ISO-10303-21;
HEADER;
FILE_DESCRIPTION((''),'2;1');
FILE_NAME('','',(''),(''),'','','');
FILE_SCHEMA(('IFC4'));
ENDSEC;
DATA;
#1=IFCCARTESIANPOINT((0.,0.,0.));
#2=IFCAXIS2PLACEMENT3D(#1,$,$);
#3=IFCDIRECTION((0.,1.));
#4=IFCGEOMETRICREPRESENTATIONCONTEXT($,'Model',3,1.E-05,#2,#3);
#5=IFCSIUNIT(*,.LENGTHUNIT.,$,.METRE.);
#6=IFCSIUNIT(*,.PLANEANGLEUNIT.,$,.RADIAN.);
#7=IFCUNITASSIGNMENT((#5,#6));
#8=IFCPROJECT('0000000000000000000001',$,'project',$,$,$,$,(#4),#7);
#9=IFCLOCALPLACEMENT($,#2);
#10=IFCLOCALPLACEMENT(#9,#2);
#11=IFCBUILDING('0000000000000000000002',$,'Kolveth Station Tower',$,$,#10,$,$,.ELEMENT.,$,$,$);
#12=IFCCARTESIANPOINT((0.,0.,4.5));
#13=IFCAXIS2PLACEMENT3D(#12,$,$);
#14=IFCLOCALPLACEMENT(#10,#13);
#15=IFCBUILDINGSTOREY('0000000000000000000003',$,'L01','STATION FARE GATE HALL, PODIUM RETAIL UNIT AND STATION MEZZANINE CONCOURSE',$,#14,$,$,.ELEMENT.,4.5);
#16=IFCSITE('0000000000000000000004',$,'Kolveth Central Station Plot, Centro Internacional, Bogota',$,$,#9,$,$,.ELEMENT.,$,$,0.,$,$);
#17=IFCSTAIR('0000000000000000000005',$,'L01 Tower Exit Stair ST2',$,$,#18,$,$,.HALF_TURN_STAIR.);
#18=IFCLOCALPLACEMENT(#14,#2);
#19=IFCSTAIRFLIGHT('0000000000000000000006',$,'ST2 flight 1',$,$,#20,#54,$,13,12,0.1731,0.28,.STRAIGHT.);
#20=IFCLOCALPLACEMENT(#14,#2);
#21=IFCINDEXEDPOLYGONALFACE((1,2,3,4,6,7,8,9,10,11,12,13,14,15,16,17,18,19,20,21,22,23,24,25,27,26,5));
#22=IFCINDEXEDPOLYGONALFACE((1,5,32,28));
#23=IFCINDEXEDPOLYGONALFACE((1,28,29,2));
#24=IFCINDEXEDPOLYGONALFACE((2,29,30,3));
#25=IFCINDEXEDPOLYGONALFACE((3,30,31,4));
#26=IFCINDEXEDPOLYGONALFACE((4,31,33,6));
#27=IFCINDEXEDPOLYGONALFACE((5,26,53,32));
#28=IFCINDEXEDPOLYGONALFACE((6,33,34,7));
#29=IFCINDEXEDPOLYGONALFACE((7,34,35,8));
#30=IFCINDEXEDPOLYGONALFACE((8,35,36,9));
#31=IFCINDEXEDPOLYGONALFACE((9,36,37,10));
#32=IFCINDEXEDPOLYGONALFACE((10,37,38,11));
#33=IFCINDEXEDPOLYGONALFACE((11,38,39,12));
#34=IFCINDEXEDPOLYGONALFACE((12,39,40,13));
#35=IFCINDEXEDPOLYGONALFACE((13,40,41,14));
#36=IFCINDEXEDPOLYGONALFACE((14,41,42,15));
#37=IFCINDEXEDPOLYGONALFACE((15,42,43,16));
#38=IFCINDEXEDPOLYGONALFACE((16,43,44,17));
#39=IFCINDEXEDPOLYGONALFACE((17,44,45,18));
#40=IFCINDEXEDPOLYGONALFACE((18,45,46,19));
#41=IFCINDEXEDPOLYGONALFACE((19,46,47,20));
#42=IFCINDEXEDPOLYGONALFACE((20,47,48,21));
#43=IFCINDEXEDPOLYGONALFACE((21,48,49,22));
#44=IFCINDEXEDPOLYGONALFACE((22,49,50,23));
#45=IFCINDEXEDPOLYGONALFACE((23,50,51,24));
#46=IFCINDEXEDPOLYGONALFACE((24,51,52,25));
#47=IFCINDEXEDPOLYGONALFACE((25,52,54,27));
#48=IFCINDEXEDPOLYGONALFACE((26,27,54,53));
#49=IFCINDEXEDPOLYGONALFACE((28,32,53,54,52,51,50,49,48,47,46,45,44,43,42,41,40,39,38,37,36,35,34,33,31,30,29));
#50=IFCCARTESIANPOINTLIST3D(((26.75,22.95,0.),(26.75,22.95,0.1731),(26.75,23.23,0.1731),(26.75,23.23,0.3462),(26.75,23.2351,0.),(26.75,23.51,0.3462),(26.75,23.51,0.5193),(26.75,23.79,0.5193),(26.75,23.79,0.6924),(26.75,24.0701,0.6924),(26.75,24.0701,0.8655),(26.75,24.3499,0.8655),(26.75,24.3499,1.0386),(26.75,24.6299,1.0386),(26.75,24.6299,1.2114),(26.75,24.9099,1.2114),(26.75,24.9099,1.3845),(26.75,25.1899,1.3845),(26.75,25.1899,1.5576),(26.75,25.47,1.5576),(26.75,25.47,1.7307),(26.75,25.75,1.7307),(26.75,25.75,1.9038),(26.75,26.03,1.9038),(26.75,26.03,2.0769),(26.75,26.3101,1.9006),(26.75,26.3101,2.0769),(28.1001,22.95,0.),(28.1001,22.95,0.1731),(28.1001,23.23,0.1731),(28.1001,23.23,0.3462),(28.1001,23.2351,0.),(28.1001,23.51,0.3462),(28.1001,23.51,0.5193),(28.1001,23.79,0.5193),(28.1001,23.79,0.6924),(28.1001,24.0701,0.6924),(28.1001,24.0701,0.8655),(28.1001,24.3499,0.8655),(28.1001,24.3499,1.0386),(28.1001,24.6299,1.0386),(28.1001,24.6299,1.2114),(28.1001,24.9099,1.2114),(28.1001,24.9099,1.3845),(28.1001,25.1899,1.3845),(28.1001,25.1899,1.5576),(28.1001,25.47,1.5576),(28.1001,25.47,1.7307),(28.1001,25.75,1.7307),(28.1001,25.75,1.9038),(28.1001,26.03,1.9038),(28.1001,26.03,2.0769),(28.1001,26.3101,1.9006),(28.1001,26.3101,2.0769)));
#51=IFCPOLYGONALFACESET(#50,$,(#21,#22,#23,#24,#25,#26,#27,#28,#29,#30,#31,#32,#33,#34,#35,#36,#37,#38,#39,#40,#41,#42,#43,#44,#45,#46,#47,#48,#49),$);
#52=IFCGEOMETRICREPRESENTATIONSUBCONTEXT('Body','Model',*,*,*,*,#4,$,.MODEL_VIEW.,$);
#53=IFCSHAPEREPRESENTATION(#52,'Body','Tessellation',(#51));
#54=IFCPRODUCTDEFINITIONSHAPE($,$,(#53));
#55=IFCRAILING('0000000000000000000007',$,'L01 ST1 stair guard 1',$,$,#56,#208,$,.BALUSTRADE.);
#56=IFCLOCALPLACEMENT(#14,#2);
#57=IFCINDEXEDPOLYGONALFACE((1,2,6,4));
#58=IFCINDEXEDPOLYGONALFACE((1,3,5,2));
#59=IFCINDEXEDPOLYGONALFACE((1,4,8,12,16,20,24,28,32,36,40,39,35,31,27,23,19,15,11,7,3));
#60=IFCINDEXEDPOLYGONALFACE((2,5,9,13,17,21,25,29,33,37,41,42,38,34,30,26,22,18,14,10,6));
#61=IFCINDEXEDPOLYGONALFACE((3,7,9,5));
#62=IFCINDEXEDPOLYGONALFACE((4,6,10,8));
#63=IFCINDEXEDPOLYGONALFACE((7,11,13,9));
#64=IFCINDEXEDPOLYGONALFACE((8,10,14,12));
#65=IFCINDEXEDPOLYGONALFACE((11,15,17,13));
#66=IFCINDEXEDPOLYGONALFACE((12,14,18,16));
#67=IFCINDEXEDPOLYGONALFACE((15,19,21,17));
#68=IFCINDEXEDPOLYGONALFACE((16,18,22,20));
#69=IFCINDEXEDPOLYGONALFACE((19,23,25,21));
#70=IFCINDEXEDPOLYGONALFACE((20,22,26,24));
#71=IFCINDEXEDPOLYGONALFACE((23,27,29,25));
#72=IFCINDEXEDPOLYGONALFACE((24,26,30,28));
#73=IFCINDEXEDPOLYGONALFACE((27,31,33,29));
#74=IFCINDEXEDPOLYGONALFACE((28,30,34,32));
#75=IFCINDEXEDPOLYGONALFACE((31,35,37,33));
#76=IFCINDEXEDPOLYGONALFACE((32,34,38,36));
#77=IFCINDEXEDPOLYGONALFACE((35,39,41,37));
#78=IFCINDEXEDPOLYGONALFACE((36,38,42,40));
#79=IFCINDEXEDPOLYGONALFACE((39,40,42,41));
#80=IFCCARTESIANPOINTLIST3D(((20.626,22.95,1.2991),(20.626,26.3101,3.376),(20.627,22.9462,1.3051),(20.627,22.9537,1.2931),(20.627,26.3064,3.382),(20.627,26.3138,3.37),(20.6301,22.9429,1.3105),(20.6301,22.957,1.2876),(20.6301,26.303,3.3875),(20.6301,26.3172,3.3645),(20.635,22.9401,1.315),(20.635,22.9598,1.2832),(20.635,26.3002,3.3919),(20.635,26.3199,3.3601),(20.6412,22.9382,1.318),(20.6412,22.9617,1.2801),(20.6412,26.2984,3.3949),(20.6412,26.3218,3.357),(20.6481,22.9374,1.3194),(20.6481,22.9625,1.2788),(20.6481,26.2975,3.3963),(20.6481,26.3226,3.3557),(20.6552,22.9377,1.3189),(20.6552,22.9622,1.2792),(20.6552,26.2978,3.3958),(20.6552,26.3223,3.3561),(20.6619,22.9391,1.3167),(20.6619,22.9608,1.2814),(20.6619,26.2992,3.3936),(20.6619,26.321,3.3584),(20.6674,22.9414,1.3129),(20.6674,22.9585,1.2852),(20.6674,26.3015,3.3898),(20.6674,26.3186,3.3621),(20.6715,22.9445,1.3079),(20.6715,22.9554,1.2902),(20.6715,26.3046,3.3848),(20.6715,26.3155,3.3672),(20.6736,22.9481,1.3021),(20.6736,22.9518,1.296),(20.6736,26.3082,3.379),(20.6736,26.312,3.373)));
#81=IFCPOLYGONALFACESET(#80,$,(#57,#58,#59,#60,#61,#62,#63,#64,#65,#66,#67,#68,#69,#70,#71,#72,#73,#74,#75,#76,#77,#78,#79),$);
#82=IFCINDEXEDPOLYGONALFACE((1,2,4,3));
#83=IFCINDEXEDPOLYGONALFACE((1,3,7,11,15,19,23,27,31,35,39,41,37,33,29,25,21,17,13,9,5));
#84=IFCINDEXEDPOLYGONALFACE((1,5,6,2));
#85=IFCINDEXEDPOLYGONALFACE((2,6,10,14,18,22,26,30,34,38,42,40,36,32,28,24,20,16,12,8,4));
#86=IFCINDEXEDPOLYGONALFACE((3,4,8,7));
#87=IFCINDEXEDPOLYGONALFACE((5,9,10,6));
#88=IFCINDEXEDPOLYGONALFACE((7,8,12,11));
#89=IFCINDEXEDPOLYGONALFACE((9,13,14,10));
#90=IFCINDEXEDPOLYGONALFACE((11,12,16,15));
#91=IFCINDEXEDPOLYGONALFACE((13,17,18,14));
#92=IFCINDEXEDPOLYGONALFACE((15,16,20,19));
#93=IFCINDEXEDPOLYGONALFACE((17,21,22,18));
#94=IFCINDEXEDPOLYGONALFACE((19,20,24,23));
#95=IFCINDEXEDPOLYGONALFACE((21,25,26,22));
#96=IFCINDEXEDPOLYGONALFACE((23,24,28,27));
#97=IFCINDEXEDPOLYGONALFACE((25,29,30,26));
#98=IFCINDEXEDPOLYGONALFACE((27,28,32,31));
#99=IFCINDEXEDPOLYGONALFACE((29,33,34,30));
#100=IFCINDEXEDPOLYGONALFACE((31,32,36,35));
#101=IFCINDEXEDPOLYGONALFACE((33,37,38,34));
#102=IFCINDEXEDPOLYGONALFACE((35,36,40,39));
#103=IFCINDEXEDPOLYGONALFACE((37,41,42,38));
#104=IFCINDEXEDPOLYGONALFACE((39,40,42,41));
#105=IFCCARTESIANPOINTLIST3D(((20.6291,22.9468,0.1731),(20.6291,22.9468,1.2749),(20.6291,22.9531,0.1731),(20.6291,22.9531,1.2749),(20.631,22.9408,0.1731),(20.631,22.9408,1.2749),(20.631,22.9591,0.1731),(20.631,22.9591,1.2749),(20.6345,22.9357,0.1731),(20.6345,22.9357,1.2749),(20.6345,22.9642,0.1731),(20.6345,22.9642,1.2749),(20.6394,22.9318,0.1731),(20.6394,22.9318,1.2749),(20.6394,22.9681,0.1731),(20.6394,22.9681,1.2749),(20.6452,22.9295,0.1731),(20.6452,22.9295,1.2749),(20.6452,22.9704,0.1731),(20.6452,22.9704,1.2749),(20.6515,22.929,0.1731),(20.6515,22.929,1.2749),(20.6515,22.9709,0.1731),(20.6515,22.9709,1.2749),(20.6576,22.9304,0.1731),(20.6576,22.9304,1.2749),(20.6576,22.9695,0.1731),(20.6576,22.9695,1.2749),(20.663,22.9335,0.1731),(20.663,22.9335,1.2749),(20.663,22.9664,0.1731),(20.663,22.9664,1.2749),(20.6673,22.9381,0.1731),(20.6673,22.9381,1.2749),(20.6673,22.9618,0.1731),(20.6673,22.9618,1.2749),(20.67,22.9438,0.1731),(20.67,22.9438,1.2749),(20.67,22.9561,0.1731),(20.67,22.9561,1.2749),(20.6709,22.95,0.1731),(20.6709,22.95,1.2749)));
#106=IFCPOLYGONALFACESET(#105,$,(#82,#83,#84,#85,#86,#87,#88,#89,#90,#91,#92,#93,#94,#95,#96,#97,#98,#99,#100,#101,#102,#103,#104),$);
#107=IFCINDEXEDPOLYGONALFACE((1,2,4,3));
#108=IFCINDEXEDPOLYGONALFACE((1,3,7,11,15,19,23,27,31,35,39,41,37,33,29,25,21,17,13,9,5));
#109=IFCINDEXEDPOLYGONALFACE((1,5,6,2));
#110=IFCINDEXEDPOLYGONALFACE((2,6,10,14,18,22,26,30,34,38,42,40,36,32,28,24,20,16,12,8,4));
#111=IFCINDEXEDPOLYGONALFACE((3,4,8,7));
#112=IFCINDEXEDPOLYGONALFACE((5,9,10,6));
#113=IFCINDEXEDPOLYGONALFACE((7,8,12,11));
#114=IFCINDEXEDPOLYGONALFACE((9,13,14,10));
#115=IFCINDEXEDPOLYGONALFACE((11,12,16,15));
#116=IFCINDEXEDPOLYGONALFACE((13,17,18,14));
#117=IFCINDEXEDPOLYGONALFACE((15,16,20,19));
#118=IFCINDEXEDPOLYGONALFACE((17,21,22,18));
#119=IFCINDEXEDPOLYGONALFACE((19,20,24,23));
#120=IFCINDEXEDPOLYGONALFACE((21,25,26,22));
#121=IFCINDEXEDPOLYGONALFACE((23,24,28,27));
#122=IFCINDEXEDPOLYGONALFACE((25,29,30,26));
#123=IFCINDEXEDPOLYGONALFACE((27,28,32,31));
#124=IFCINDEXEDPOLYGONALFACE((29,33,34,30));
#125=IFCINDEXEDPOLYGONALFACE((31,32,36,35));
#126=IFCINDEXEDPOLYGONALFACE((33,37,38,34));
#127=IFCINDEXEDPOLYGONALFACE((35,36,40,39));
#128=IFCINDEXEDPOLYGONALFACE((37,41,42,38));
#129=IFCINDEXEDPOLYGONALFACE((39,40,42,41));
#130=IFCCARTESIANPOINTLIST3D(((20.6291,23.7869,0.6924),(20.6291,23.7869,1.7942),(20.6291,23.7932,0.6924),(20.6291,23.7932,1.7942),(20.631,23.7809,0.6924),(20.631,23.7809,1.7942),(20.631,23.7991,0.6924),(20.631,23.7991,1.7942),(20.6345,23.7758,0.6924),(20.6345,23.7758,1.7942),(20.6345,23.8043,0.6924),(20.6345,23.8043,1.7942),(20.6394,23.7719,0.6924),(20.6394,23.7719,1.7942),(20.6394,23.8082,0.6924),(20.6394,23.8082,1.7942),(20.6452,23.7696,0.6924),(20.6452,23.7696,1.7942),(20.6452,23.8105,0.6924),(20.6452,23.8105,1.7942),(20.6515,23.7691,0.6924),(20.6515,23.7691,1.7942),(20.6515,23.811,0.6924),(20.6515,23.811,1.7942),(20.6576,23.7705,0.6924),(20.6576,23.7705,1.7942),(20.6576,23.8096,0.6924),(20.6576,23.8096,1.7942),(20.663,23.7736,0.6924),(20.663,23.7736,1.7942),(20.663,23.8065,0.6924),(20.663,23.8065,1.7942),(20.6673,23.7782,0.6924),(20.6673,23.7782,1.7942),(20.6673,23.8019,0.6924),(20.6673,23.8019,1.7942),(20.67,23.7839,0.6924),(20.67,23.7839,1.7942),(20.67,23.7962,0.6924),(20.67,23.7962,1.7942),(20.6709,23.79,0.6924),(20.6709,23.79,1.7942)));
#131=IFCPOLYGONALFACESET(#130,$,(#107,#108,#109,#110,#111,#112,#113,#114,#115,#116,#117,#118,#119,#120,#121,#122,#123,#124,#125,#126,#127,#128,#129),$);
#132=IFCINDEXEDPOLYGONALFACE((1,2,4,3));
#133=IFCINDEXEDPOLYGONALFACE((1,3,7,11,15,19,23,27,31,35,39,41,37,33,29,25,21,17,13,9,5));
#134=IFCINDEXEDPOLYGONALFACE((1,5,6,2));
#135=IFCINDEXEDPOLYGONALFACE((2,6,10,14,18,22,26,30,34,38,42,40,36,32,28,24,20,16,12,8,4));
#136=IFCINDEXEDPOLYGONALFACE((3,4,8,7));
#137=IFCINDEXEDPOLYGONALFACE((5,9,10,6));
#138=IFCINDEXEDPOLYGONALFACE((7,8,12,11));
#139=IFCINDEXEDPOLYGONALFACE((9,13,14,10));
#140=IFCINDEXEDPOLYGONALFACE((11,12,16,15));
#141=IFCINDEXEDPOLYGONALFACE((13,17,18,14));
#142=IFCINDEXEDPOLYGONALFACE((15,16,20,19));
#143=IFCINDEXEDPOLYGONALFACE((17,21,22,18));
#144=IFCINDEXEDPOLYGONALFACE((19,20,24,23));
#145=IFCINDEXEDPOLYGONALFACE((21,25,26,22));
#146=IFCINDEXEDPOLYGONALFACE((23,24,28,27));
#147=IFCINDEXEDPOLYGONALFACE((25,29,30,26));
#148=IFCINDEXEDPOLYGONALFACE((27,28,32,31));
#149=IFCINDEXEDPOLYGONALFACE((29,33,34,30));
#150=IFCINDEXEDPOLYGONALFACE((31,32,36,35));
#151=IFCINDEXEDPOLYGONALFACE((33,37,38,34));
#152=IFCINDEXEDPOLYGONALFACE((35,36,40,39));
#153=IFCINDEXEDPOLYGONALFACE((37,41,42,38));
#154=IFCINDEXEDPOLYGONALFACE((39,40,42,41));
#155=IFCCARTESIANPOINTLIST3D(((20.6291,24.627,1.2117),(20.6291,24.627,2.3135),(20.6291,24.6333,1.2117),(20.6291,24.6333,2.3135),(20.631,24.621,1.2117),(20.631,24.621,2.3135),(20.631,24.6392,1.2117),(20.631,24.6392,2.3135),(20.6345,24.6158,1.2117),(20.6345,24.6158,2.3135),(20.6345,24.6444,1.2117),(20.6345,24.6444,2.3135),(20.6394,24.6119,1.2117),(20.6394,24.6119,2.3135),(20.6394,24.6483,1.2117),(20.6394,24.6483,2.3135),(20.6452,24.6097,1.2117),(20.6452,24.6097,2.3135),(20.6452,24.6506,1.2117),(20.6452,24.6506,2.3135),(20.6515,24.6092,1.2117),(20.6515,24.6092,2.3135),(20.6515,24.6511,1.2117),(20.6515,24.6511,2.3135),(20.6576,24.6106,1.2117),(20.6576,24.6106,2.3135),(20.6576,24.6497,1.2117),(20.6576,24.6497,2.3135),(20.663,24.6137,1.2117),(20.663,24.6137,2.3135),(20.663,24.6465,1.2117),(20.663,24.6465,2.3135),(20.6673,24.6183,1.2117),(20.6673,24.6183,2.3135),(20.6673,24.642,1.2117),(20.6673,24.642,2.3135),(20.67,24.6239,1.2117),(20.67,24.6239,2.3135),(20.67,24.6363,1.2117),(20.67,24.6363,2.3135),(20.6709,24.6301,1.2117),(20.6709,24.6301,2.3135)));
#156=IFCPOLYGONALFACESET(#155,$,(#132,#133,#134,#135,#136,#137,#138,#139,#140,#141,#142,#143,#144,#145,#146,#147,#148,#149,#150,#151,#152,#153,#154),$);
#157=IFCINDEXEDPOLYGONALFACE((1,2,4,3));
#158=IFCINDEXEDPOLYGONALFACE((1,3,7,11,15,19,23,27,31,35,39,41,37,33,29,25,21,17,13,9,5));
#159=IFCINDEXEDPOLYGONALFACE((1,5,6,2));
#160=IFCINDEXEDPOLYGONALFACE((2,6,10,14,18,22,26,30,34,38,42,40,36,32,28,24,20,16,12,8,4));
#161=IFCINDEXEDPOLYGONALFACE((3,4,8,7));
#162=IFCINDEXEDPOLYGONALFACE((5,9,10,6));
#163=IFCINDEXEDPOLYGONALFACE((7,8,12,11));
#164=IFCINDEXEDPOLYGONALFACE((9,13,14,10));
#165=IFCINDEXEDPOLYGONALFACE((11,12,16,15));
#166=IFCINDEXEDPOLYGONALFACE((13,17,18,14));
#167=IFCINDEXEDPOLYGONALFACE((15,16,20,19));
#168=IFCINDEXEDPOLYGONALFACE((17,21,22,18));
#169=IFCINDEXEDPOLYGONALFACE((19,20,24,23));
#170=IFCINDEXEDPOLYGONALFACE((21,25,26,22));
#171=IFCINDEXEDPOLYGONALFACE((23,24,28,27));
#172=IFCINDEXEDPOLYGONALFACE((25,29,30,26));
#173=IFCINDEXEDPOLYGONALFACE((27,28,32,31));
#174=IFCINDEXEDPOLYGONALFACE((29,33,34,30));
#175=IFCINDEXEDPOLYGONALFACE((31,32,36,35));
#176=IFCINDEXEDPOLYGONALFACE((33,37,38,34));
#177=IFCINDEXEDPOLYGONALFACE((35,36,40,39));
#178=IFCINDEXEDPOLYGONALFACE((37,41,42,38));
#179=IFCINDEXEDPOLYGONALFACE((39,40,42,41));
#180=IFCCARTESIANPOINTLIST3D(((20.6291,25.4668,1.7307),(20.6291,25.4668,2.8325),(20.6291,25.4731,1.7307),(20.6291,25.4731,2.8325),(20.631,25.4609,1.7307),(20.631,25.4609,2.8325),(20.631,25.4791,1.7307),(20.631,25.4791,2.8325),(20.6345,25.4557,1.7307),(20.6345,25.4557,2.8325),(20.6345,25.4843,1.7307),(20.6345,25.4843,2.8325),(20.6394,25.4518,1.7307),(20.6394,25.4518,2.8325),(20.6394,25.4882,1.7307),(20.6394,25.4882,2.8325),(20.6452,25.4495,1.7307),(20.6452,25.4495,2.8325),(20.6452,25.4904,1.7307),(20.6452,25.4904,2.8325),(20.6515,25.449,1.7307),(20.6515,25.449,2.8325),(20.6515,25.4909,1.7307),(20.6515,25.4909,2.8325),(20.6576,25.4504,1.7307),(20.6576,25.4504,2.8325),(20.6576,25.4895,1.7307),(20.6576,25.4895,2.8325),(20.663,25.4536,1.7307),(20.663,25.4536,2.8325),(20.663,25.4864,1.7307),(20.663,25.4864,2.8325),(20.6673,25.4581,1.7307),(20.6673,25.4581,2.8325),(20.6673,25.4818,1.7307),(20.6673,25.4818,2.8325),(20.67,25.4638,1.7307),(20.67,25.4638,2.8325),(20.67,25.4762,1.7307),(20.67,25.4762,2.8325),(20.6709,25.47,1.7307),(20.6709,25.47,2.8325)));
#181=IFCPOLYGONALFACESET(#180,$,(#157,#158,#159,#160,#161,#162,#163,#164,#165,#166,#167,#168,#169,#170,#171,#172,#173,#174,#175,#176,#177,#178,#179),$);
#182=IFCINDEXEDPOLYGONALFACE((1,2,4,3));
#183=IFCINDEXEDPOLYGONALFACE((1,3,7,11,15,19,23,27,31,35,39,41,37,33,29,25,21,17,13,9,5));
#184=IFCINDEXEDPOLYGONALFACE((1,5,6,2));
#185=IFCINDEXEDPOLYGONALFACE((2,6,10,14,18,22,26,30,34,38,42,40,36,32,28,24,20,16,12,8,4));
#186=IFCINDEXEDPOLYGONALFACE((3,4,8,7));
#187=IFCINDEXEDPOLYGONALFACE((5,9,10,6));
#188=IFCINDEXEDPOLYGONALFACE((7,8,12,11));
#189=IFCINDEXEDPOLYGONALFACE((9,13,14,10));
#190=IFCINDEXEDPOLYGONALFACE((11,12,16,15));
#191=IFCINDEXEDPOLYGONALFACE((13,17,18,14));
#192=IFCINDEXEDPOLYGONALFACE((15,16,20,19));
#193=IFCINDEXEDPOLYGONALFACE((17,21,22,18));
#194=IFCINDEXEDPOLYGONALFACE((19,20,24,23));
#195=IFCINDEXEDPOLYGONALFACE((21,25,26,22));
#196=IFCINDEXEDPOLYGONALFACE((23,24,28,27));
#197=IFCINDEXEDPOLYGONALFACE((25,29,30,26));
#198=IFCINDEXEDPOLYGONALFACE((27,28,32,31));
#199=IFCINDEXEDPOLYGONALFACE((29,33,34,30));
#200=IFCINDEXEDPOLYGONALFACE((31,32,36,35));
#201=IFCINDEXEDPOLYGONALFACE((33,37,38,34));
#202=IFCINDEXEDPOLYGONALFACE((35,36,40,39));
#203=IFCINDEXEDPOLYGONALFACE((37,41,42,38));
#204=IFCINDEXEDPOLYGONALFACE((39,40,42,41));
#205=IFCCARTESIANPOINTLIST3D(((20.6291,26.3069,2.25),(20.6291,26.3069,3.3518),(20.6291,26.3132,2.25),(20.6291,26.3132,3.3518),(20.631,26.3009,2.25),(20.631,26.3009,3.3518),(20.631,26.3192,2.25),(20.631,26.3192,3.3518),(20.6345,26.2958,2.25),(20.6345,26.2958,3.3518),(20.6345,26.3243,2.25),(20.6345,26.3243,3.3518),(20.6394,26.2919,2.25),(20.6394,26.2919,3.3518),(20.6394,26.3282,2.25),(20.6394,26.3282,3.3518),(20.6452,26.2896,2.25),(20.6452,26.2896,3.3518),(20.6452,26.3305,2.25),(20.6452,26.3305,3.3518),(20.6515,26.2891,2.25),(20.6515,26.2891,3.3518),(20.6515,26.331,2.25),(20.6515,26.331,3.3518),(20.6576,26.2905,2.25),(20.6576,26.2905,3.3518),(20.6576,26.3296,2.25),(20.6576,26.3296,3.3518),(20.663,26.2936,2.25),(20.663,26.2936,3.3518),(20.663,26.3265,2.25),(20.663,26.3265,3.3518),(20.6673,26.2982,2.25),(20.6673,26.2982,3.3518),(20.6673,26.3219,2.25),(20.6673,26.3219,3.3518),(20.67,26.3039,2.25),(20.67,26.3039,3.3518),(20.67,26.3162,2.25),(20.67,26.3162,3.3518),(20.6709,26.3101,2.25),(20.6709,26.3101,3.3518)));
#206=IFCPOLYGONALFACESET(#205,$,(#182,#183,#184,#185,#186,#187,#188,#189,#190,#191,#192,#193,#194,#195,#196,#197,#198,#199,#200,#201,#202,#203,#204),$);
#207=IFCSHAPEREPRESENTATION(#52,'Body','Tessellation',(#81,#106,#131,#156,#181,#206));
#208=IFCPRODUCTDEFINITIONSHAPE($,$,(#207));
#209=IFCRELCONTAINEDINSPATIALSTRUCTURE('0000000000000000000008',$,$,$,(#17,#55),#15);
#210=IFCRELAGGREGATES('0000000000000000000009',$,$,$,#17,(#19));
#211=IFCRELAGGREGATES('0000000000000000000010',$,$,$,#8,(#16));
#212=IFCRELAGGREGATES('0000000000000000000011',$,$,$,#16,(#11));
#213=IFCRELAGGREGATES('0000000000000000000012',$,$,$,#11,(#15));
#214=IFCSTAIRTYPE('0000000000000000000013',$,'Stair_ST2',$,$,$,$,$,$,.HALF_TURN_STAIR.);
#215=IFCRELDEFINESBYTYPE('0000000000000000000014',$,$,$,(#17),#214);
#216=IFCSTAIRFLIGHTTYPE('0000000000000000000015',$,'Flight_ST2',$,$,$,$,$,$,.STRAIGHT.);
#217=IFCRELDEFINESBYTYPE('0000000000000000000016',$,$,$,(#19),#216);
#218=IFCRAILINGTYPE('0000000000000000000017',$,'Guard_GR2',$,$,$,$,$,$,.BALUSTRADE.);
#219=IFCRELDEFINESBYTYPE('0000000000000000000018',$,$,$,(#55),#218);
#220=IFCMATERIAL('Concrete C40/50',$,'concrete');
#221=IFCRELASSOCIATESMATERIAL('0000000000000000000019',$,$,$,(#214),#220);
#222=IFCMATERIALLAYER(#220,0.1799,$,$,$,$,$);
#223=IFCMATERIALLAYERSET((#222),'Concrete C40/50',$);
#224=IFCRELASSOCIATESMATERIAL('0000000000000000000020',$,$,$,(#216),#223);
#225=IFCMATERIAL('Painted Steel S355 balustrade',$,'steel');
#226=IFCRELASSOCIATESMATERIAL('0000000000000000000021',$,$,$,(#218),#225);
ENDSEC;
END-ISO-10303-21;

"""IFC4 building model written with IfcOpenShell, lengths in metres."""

from ifc_helpers import new_model, si_unit, direction, frame, origin, origin_2d, place, context, subcontext, project, spatial, polyline, circle, outline, extrude, material, layer, layer_set, type_object, element, aggregate, save


model = new_model("IFC4")

# Units and contexts
model_context = context("Model", 3, precision=1e-05, world=origin(), true_north=direction((0.0, 1.0)))
body_context = subcontext(model_context, "Body", "Model", "MODEL_VIEW")
ifc_project = project(units=[si_unit("LENGTHUNIT", "METRE"), si_unit("PLANEANGLEUNIT", "RADIAN")], contexts=[model_context])

# Site, building, storey
site_placement = place(None, origin())
site = spatial("IfcSite", under=ifc_project, at=site_placement, Name="Kolveth Central Station Plot, Centro Internacional, Bogota", CompositionType="ELEMENT", RefElevation=0.0)
building_placement = place(site_placement, origin())
building = spatial("IfcBuilding", under=site, at=building_placement, Name="Kolveth Station Tower", CompositionType="ELEMENT")
storey_placement = place(building_placement, frame((0.0, 0.0, 4.5)))
storey = spatial("IfcBuildingStorey", under=building, at=storey_placement, Name="L01", Description="STATION FARE GATE HALL, PODIUM RETAIL UNIT AND STATION MEZZANINE CONCOURSE", CompositionType="ELEMENT", Elevation=4.5)

# Stair, stair flight
ifc_material_1 = material(Name="Concrete C40/50", Category="concrete")
stair_type_1 = type_object("IfcStairType", Name="Stair_ST2", PredefinedType="HALF_TURN_STAIR", material=ifc_material_1)
stair_1_placement = place(storey_placement, origin())
stair_1 = element("IfcStair", 1, at=stair_1_placement, inside=storey, type_object=stair_type_1, Name="L01 Tower Exit Stair ST2", PredefinedType="HALF_TURN_STAIR")
ifc_layer_1 = layer(ifc_material_1, 0.1799)
ifc_layer_set_1 = layer_set([ifc_layer_1], Name="Concrete C40/50")
stair_flight_type_1 = type_object("IfcStairFlightType", Name="Flight_ST2", PredefinedType="STRAIGHT", material=ifc_layer_set_1)
stair_flight_1_placement = place(storey_placement, frame((27.425, 22.95, 0.0), z_axis=(0.0, 0.0, 1.0), x_axis=(0.0, 1.0, 0.0)))
stair_flight_1 = element("IfcStairFlight", 2, at=stair_flight_1_placement, type_object=stair_flight_type_1, Name="ST2 flight 1", NumberOfRisers=13, NumberOfTreads=12, PredefinedType="STRAIGHT", RiserHeight=0.1731, TreadLength=0.28, context=body_context, shape_type="SweptSolid", body=[
    extrude(outline(polyline([(0.0, 0.0), (0.0, 0.1731), (0.28, 0.1731), (0.28, 0.3462), (0.5601, 0.3462), (0.5601, 0.5193), (0.8401, 0.5193), (0.8401, 0.6924), (1.1201, 0.6924), (1.1201, 0.8655), (1.3999, 0.8655), (1.3999, 1.0386), (1.6799, 1.0386), (1.6799, 1.2114), (1.96, 1.2114), (1.96, 1.3845), (2.24, 1.3845), (2.24, 1.5576), (2.52, 1.5576), (2.52, 1.7307), (2.8, 1.7307), (2.8, 1.9038), (3.0801, 1.9038), (3.0801, 2.0769), (3.3601, 2.0769), (3.3601, 2.25), (3.3601, 1.9006), (0.2852, 0.0), (0.0, 0.0)])), frame((0.0, 0.675, 0.0), z_axis=(0.0, -1.0, 0.0), x_axis=(1.0, 0.0, 0.0)), (0.0, 0.0, 1.0), 1.3501),
])
aggregate(stair_1, [stair_flight_1])

# Railing
ifc_material_2 = material(Name="Painted Steel S355 balustrade", Category="steel")
railing_type_1 = type_object("IfcRailingType", Name="Guard_GR2", PredefinedType="BALUSTRADE", material=ifc_material_2)
railing_1_placement = place(storey_placement, frame((20.6499, 22.95, 0.1731)))
element("IfcRailing", 3, at=railing_1_placement, inside=storey, type_object=railing_type_1, Name="L01 ST1 stair guard 1", PredefinedType="BALUSTRADE", context=body_context, shape_type="SweptSolid", body=[
    extrude(circle(Radius=0.0239, at=origin_2d()), frame((0.0, 0.0, 1.126), z_axis=(0.0, 0.850623, 0.525776), x_axis=(-1.0, 0.0, 0.0)), (0.0, 0.0, 1.0), 3.9502),
    extrude(circle(Radius=0.021, at=origin_2d()), origin(), (0.0, 0.0, 1.0), 1.1018),
    extrude(circle(Radius=0.021, at=origin_2d()), frame((0.0, 0.8401, 0.5193)), (0.0, 0.0, 1.0), 1.1018),
    extrude(circle(Radius=0.021, at=origin_2d()), frame((0.0, 1.6802, 1.0386)), (0.0, 0.0, 1.0), 1.1018),
    extrude(circle(Radius=0.021, at=origin_2d()), frame((0.0, 2.52, 1.5576)), (0.0, 0.0, 1.0), 1.1018),
    extrude(circle(Radius=0.021, at=origin_2d()), frame((0.0, 3.3601, 2.0769)), (0.0, 0.0, 1.0), 1.1018),
])

save(model, "model.ifc")
